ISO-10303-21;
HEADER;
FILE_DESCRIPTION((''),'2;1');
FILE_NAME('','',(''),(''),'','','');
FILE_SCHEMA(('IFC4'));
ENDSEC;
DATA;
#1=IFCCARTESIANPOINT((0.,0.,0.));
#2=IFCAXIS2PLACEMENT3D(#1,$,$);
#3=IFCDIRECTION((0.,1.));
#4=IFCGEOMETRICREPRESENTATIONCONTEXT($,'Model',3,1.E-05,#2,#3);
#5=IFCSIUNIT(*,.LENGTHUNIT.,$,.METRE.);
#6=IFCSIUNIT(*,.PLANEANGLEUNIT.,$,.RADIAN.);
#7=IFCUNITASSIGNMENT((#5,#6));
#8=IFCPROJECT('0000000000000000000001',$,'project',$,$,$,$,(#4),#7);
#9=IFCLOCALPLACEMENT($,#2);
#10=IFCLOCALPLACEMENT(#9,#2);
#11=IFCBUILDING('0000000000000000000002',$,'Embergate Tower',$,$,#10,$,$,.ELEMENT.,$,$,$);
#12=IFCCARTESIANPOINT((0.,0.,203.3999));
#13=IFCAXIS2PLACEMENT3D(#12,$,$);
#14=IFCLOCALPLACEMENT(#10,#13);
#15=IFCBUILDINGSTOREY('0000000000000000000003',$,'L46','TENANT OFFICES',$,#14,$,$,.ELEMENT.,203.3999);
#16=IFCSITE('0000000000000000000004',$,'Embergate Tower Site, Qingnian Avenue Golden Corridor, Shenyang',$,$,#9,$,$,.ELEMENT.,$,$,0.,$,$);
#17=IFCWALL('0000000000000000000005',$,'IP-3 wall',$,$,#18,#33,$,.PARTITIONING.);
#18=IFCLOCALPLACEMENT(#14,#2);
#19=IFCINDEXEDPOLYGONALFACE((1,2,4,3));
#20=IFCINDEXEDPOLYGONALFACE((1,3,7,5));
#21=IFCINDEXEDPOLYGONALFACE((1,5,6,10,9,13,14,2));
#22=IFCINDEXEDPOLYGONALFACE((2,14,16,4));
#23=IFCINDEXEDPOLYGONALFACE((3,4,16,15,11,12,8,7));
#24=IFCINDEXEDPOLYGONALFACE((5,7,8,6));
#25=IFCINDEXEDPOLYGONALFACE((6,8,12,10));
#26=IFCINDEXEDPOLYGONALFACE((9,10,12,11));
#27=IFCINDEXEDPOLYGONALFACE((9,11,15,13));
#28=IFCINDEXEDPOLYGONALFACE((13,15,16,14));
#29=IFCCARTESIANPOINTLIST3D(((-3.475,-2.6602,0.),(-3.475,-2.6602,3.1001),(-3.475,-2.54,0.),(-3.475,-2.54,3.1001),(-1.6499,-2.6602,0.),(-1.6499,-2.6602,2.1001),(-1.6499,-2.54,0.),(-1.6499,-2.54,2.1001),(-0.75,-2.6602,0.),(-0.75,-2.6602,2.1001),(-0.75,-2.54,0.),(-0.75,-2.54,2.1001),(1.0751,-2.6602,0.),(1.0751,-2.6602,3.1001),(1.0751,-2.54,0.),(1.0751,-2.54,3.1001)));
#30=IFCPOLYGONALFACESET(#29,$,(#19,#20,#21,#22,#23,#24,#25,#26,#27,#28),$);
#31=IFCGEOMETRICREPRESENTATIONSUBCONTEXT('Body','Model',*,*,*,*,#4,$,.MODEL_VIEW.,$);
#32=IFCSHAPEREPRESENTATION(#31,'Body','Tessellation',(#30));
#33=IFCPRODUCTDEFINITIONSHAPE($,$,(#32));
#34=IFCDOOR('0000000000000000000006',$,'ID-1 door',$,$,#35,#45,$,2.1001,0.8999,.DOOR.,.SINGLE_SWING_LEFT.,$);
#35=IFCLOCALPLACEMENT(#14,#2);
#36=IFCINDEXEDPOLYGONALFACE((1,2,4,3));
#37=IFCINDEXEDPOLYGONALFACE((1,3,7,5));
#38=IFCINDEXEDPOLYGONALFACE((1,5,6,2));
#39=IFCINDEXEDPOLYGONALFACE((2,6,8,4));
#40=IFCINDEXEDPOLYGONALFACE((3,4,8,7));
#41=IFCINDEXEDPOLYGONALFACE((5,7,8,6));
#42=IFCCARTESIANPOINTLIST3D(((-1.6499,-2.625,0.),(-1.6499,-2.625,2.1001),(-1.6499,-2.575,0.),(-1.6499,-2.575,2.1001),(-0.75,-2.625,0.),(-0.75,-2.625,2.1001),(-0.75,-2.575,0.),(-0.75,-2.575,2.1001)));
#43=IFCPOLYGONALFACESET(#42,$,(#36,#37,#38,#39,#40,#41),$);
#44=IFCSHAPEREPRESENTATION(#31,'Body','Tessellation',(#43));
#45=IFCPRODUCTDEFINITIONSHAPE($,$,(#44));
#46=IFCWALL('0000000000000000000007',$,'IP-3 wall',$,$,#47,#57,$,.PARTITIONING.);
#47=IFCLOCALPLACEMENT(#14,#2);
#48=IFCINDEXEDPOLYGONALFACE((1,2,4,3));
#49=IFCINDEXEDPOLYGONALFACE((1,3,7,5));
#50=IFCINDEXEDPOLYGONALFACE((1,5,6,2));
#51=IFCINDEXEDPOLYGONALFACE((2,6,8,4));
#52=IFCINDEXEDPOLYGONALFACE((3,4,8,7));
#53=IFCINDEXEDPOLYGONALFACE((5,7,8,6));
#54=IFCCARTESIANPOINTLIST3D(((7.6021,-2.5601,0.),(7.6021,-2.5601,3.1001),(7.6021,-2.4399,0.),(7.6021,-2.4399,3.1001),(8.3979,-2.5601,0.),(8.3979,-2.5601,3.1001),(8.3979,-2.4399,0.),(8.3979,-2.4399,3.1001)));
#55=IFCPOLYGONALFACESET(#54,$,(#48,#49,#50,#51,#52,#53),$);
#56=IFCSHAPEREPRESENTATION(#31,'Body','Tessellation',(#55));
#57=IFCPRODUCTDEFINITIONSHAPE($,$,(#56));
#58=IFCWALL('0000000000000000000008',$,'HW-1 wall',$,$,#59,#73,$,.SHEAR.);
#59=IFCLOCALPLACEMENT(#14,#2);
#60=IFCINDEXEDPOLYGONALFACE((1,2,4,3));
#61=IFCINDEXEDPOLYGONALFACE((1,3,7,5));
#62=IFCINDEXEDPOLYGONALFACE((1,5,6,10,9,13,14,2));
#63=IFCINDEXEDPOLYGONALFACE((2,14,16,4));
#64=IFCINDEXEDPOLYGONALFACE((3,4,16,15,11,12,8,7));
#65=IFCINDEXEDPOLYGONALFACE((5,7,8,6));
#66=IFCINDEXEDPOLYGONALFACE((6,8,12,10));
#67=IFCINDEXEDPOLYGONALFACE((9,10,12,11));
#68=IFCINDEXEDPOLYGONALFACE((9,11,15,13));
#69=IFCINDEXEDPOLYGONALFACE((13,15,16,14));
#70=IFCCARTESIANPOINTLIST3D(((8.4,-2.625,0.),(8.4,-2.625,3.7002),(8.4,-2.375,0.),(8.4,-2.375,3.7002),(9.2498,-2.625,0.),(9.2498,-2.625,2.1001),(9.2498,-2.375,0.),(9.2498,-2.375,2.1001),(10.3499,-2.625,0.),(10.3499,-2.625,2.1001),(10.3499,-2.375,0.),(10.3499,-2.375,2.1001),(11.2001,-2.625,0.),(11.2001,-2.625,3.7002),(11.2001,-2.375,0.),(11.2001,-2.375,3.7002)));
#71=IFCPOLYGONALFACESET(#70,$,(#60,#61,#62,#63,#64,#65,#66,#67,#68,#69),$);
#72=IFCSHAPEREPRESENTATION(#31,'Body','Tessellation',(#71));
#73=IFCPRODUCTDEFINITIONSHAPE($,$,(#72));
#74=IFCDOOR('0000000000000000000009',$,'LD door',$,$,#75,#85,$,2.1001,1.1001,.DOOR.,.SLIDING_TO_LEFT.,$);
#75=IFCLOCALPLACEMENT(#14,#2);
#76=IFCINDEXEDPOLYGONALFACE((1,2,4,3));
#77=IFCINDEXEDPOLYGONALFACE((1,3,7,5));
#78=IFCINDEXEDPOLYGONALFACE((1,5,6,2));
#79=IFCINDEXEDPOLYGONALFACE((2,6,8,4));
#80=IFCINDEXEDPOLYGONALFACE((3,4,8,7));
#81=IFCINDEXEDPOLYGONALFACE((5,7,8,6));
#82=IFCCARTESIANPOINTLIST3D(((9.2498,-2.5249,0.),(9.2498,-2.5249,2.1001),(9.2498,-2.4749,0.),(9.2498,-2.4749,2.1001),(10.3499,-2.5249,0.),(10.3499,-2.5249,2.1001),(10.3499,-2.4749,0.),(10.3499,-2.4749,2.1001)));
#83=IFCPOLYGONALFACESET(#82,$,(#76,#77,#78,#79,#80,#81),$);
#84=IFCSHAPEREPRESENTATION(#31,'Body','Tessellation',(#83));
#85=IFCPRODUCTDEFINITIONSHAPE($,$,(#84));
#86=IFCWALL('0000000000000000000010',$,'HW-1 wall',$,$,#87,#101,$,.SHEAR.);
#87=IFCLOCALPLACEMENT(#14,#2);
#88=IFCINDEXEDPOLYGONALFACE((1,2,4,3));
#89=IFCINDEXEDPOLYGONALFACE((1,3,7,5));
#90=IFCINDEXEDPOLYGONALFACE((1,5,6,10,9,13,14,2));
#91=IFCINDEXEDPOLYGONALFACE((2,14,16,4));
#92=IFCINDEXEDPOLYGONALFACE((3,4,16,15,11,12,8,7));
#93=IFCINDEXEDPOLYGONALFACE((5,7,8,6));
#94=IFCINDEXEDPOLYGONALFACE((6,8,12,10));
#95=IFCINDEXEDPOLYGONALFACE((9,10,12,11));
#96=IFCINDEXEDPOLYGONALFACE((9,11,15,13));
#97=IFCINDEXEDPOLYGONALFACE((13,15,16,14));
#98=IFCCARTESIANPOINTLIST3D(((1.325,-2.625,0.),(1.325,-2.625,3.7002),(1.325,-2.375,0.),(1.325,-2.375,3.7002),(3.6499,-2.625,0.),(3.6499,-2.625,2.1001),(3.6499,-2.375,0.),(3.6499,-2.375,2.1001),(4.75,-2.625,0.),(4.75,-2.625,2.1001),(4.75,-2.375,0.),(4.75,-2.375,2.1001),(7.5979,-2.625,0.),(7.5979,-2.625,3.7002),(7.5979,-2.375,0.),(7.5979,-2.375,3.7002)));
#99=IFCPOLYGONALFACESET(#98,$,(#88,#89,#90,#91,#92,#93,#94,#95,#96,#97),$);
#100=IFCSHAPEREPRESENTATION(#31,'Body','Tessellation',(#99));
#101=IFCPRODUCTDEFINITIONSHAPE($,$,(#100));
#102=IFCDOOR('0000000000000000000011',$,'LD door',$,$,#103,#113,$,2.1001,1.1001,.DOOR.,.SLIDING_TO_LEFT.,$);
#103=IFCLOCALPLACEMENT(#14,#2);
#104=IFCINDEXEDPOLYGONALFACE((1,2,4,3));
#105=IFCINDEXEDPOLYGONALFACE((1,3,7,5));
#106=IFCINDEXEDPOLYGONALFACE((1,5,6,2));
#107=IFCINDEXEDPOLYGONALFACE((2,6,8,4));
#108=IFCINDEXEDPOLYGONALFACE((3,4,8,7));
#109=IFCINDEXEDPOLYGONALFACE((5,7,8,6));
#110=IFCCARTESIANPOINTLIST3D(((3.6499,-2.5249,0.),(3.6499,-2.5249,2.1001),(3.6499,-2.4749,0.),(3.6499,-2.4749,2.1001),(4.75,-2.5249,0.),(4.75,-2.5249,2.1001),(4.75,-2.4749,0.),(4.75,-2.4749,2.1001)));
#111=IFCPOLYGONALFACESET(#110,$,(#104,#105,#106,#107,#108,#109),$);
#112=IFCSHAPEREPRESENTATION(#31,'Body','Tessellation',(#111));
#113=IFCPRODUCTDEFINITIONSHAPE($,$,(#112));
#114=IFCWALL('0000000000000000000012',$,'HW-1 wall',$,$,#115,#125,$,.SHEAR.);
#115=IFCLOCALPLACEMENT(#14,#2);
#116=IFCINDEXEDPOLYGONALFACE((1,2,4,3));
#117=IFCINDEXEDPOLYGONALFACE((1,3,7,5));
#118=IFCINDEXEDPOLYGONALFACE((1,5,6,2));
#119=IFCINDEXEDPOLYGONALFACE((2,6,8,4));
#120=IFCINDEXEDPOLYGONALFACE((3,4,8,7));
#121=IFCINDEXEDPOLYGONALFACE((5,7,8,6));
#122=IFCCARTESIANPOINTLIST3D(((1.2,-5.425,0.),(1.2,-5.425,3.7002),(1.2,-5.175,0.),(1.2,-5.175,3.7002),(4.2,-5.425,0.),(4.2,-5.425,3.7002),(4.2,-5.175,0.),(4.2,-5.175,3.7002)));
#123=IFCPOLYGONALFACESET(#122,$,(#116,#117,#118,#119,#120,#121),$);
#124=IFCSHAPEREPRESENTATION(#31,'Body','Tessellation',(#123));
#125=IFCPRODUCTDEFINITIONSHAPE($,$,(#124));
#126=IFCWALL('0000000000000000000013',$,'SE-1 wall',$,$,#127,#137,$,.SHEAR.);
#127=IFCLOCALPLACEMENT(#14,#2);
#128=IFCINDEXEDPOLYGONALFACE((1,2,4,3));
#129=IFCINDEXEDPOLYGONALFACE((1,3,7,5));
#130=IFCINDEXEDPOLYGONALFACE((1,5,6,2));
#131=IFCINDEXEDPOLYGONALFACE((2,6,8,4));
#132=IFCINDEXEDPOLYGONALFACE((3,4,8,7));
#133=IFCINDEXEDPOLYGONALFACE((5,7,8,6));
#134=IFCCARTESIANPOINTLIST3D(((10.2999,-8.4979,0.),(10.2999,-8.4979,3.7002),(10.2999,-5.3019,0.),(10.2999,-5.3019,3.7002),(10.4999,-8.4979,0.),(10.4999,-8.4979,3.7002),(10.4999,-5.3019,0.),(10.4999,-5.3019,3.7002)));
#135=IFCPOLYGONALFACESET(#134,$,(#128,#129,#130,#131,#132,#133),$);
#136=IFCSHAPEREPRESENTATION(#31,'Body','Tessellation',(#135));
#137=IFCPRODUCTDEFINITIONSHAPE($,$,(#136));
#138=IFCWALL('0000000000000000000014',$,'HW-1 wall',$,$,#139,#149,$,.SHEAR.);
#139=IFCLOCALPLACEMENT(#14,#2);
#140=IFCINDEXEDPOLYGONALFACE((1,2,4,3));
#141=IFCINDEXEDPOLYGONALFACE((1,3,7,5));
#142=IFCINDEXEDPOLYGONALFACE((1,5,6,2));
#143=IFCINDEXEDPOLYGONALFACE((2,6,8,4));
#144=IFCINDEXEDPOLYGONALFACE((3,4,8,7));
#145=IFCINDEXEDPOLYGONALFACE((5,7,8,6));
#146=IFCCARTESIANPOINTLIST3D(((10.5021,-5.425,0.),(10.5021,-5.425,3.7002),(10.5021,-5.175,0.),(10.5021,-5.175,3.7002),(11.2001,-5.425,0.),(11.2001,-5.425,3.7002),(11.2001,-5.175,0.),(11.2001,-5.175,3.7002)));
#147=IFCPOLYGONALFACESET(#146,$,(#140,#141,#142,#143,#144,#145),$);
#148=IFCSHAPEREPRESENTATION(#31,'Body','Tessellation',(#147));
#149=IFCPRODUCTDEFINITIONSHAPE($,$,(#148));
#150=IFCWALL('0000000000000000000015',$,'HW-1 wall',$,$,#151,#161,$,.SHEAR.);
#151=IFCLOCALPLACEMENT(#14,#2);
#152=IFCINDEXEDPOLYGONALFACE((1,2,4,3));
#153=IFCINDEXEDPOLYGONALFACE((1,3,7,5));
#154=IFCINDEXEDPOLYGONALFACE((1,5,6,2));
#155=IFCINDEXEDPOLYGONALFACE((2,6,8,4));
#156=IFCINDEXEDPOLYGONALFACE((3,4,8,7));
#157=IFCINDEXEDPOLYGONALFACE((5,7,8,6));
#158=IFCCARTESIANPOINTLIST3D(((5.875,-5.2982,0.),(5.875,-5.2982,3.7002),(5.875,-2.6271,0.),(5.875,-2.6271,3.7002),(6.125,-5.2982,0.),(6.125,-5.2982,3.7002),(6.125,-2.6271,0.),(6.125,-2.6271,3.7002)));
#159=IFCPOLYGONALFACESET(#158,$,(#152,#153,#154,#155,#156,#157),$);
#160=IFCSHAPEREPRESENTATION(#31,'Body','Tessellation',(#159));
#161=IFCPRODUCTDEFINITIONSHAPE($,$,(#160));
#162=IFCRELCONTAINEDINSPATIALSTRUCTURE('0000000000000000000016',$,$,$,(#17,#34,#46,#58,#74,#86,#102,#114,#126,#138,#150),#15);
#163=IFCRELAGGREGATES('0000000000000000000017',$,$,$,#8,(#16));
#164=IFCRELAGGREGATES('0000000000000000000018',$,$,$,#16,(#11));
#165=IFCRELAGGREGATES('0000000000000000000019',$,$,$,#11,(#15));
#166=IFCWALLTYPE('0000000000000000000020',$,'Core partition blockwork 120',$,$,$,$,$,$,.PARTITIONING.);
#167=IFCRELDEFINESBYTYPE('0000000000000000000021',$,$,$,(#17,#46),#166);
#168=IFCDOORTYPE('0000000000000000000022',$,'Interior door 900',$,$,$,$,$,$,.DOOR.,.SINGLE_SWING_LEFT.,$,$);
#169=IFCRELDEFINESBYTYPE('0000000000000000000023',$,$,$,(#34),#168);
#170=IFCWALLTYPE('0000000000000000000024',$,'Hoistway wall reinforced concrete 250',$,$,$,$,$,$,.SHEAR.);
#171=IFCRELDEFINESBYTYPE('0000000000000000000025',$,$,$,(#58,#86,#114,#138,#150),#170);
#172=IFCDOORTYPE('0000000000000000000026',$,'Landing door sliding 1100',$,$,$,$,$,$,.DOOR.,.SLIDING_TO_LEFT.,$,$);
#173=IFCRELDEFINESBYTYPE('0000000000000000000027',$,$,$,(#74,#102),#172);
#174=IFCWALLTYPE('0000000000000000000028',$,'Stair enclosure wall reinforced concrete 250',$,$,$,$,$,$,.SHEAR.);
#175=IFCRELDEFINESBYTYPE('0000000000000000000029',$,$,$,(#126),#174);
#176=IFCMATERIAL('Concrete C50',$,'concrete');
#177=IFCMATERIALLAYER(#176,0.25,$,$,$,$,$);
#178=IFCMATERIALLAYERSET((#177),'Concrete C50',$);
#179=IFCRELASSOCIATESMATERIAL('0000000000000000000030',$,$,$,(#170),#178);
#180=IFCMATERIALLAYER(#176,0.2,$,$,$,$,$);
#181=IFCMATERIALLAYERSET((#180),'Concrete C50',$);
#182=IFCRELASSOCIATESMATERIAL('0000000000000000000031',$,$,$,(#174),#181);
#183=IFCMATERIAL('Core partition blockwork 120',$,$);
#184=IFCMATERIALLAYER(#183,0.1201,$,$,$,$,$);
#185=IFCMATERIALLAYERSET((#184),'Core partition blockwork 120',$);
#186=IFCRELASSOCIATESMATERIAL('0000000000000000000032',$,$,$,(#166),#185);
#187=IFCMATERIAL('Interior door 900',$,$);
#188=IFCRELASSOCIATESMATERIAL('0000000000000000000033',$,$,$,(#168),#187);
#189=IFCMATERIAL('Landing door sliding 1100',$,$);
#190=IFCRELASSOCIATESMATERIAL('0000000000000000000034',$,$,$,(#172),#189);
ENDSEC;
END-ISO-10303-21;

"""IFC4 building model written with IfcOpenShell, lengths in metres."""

from ifc_helpers import new_model, si_unit, direction, frame, frame_2d, origin, place, context, subcontext, project, spatial, rectangle, extrude, source, transform, mapped, material, layer, layer_set, type_object, element, fill, save


model = new_model("IFC4")

# Units and contexts
model_context = context("Model", 3, precision=1e-05, world=origin(), true_north=direction((0.0, 1.0)))
body_context = subcontext(model_context, "Body", "Model", "MODEL_VIEW")
ifc_project = project(units=[si_unit("LENGTHUNIT", "METRE"), si_unit("PLANEANGLEUNIT", "RADIAN")], contexts=[model_context])

# Site, building, storey
site_placement = place(None, origin())
site = spatial("IfcSite", under=ifc_project, at=site_placement, Name="Embergate Tower Site, Qingnian Avenue Golden Corridor, Shenyang", CompositionType="ELEMENT", RefElevation=0.0)
building_placement = place(site_placement, origin())
building = spatial("IfcBuilding", under=site, at=building_placement, Name="Embergate Tower", CompositionType="ELEMENT")
storey_placement = place(building_placement, frame((0.0, 0.0, 203.3999)))
storey = spatial("IfcBuildingStorey", under=building, at=storey_placement, Name="L46", Description="TENANT OFFICES", CompositionType="ELEMENT", Elevation=203.3999)

# Shared definitions
ifc_material_1 = material(Name="Concrete C50", Category="concrete")
ifc_layer_1 = layer(ifc_material_1, 0.25)
ifc_layer_set_1 = layer_set([ifc_layer_1], Name="Concrete C50")
wall_type_1 = type_object("IfcWallType", Name="Hoistway wall reinforced concrete 250", PredefinedType="SHEAR", material=ifc_layer_set_1)
ifc_layer_2 = layer(ifc_material_1, 0.2)
ifc_layer_set_2 = layer_set([ifc_layer_2], Name="Concrete C50")
wall_type_2 = type_object("IfcWallType", Name="Stair enclosure wall reinforced concrete 250", PredefinedType="SHEAR", material=ifc_layer_set_2)

# Shared definitions
ifc_material_2 = material(Name="Core partition blockwork 120")
ifc_layer_3 = layer(ifc_material_2, 0.1201)
ifc_layer_set_3 = layer_set([ifc_layer_3], Name="Core partition blockwork 120")
wall_type_3 = type_object("IfcWallType", Name="Core partition blockwork 120", PredefinedType="PARTITIONING", material=ifc_layer_set_3)

# Wall, opening, door
shared_shape_1 = source(origin(), body_context, "Body", "SweptSolid", [
    extrude(rectangle(XDim=4.55, YDim=0.1201, at=frame_2d((2.2749, 0.0))), origin(), (0.0, 0.0, 1.0), 3.1001),
])
wall_1_placement = place(storey_placement, frame((1.075, -2.6001, 0.0), z_axis=(0.0, 0.0, 1.0), x_axis=(-1.0, 0.0, 0.0)))
wall_1 = element("IfcWall", 1, at=wall_1_placement, inside=storey, type_object=wall_type_3, Name="IP-3 wall", PredefinedType="PARTITIONING", context=body_context, shape_type="MappedRepresentation", body=[
    mapped(shared_shape_1, transform((0.0, 0.0, 0.0))),
])
shared_shape_2 = source(origin(), body_context, "Body", "SweptSolid", [
    extrude(rectangle(XDim=0.8999, YDim=2.1001, at=frame_2d((0.45, 1.05))), frame((0.0, 0.0701, 0.0), z_axis=(0.0, -1.0, 0.0), x_axis=(1.0, 0.0, 0.0)), (0.0, 0.0, 1.0), 0.1401),
])
opening_1_placement = place(wall_1_placement, frame((1.825, 0.0, 0.0)))
opening_1 = element("IfcOpeningElement", 2, at=opening_1_placement, cuts=wall_1, PredefinedType="OPENING", context=body_context, shape_type="MappedRepresentation", body=[
    mapped(shared_shape_2, transform((0.0, 0.0, 0.0))),
])
ifc_material_3 = material(Name="Interior door 900")
door_type_1 = type_object("IfcDoorType", Name="Interior door 900", OperationType="SINGLE_SWING_LEFT", PredefinedType="DOOR", material=ifc_material_3)
shared_shape_3 = source(origin(), body_context, "Body", "SweptSolid", [
    extrude(rectangle(XDim=0.8999, YDim=2.1001, at=frame_2d((0.45, 1.05))), frame((0.0, 0.0249, 0.0), z_axis=(0.0, -1.0, 0.0), x_axis=(1.0, 0.0, 0.0)), (0.0, 0.0, 1.0), 0.05),
])
door_1_placement = place(opening_1_placement, origin())
door_1 = element("IfcDoor", 3, at=door_1_placement, inside=storey, type_object=door_type_1, Name="ID-1 door", OperationType="SINGLE_SWING_LEFT", OverallHeight=2.1001, OverallWidth=0.8999, PredefinedType="DOOR", context=body_context, shape_type="MappedRepresentation", body=[
    mapped(shared_shape_3, transform((0.0, 0.0, 0.0))),
])
fill(opening_1, door_1)

# Wall
shared_shape_4 = source(origin(), body_context, "Body", "SweptSolid", [
    extrude(rectangle(XDim=0.7959, YDim=0.1201, at=frame_2d((0.3979, 0.0))), origin(), (0.0, 0.0, 1.0), 3.1001),
])
wall_2_placement = place(storey_placement, frame((7.6021, -2.5, 0.0), z_axis=(0.0, 0.0, 1.0), x_axis=(1.0, 0.0, 0.0)))
element("IfcWall", 4, at=wall_2_placement, inside=storey, type_object=wall_type_3, Name="IP-3 wall", PredefinedType="PARTITIONING", context=body_context, shape_type="MappedRepresentation", body=[
    mapped(shared_shape_4, transform((0.0, 0.0, 0.0))),
])

# Walls, openings, doors
shared_shape_5 = source(origin(), body_context, "Body", "SweptSolid", [
    extrude(rectangle(XDim=2.8, YDim=0.25, at=frame_2d((1.3999, 0.0))), origin(), (0.0, 0.0, 1.0), 3.7002),
])
wall_3_placement = place(storey_placement, frame((11.2, -2.5, 0.0), z_axis=(0.0, 0.0, 1.0), x_axis=(-1.0, 0.0, 0.0)))
wall_3 = element("IfcWall", 5, at=wall_3_placement, inside=storey, type_object=wall_type_1, Name="HW-1 wall", PredefinedType="SHEAR", context=body_context, shape_type="MappedRepresentation", body=[
    mapped(shared_shape_5, transform((0.0, 0.0, 0.0))),
])
shared_shape_6 = source(origin(), body_context, "Body", "SweptSolid", [
    extrude(rectangle(XDim=1.1001, YDim=2.1001, at=frame_2d((0.55, 1.05))), frame((0.0, 0.135, 0.0), z_axis=(0.0, -1.0, 0.0), x_axis=(1.0, 0.0, 0.0)), (0.0, 0.0, 1.0), 0.27),
])
opening_2_placement = place(wall_3_placement, frame((0.8501, 0.0, 0.0)))
opening_2 = element("IfcOpeningElement", 6, at=opening_2_placement, cuts=wall_3, PredefinedType="OPENING", context=body_context, shape_type="MappedRepresentation", body=[
    mapped(shared_shape_6, transform((0.0, 0.0, 0.0))),
])
ifc_material_4 = material(Name="Landing door sliding 1100")
door_type_2 = type_object("IfcDoorType", Name="Landing door sliding 1100", OperationType="SLIDING_TO_LEFT", PredefinedType="DOOR", material=ifc_material_4)
shared_shape_7 = source(origin(), body_context, "Body", "SweptSolid", [
    extrude(rectangle(XDim=1.1001, YDim=2.1001, at=frame_2d((0.55, 1.05))), frame((0.0, 0.0249, 0.0), z_axis=(0.0, -1.0, 0.0), x_axis=(1.0, 0.0, 0.0)), (0.0, 0.0, 1.0), 0.05),
])
door_2_placement = place(opening_2_placement, origin())
door_2 = element("IfcDoor", 7, at=door_2_placement, inside=storey, type_object=door_type_2, Name="LD door", OperationType="SLIDING_TO_LEFT", OverallHeight=2.1001, OverallWidth=1.1001, PredefinedType="DOOR", context=body_context, shape_type="MappedRepresentation", body=[
    mapped(shared_shape_7, transform((0.0, 0.0, 0.0))),
])
fill(opening_2, door_2)
shared_shape_8 = source(origin(), body_context, "Body", "SweptSolid", [
    extrude(rectangle(XDim=6.2729, YDim=0.25, at=frame_2d((3.1365, 0.0))), origin(), (0.0, 0.0, 1.0), 3.7002),
])
wall_4_placement = place(storey_placement, frame((7.5979, -2.5, 0.0), z_axis=(0.0, 0.0, 1.0), x_axis=(-1.0, 0.0, 0.0)))
wall_4 = element("IfcWall", 8, at=wall_4_placement, inside=storey, type_object=wall_type_1, Name="HW-1 wall", PredefinedType="SHEAR", context=body_context, shape_type="MappedRepresentation", body=[
    mapped(shared_shape_8, transform((0.0, 0.0, 0.0))),
])
opening_3_placement = place(wall_4_placement, frame((2.8479, 0.0, 0.0)))
opening_3 = element("IfcOpeningElement", 9, at=opening_3_placement, cuts=wall_4, PredefinedType="OPENING", context=body_context, shape_type="MappedRepresentation", body=[
    mapped(shared_shape_6, transform((0.0, 0.0, 0.0))),
])
door_3_placement = place(opening_3_placement, origin())
door_3 = element("IfcDoor", 10, at=door_3_placement, inside=storey, type_object=door_type_2, Name="LD door", OperationType="SLIDING_TO_LEFT", OverallHeight=2.1001, OverallWidth=1.1001, PredefinedType="DOOR", context=body_context, shape_type="MappedRepresentation", body=[
    mapped(shared_shape_7, transform((0.0, 0.0, 0.0))),
])
fill(opening_3, door_3)

# Walls
shared_shape_9 = source(origin(), body_context, "Body", "SweptSolid", [
    extrude(rectangle(XDim=3.0, YDim=0.25, at=frame_2d((1.5, 0.0))), origin(), (0.0, 0.0, 1.0), 3.7002),
])
wall_5_placement = place(storey_placement, frame((1.2, -5.3, 0.0), z_axis=(0.0, 0.0, 1.0), x_axis=(1.0, 0.0, 0.0)))
element("IfcWall", 11, at=wall_5_placement, inside=storey, type_object=wall_type_1, Name="HW-1 wall", PredefinedType="SHEAR", context=body_context, shape_type="MappedRepresentation", body=[
    mapped(shared_shape_9, transform((0.0, 0.0, 0.0))),
])
shared_shape_10 = source(origin(), body_context, "Body", "SweptSolid", [
    extrude(rectangle(XDim=3.196, YDim=0.2, at=frame_2d((1.5981, 0.0))), origin(), (0.0, 0.0, 1.0), 3.7002),
])
wall_6_placement = place(storey_placement, frame((10.3999, -8.498, 0.0), z_axis=(0.0, 0.0, 1.0), x_axis=(0.0, 1.0, 0.0)))
element("IfcWall", 12, at=wall_6_placement, inside=storey, type_object=wall_type_2, Name="SE-1 wall", PredefinedType="SHEAR", context=body_context, shape_type="MappedRepresentation", body=[
    mapped(shared_shape_10, transform((0.0, 0.0, 0.0))),
])
shared_shape_11 = source(origin(), body_context, "Body", "SweptSolid", [
    extrude(rectangle(XDim=0.698, YDim=0.25, at=frame_2d((0.3491, 0.0))), origin(), (0.0, 0.0, 1.0), 3.7002),
])
wall_7_placement = place(storey_placement, frame((10.502, -5.3, 0.0), z_axis=(0.0, 0.0, 1.0), x_axis=(1.0, 0.0, 0.0)))
element("IfcWall", 13, at=wall_7_placement, inside=storey, type_object=wall_type_1, Name="HW-1 wall", PredefinedType="SHEAR", context=body_context, shape_type="MappedRepresentation", body=[
    mapped(shared_shape_11, transform((0.0, 0.0, 0.0))),
])
shared_shape_12 = source(origin(), body_context, "Body", "SweptSolid", [
    extrude(rectangle(XDim=2.6711, YDim=0.25, at=frame_2d((1.3354, 0.0))), origin(), (0.0, 0.0, 1.0), 3.7002),
])
for number, where, z_axis, x_axis, name in (
    (14, (6.0, -5.2981, 0.0), (0.0, 0.0, 1.0), (0.0, 1.0, 0.0), "HW-1 wall"),
):
    element("IfcWall", number, at=place(storey_placement, frame(where, z_axis=z_axis, x_axis=x_axis)), inside=storey, type_object=wall_type_1, Name=name, PredefinedType="SHEAR", context=body_context, shape_type="MappedRepresentation", body=[
        mapped(shared_shape_12, transform((0.0, 0.0, 0.0))),
    ])

save(model, "model.ifc")
